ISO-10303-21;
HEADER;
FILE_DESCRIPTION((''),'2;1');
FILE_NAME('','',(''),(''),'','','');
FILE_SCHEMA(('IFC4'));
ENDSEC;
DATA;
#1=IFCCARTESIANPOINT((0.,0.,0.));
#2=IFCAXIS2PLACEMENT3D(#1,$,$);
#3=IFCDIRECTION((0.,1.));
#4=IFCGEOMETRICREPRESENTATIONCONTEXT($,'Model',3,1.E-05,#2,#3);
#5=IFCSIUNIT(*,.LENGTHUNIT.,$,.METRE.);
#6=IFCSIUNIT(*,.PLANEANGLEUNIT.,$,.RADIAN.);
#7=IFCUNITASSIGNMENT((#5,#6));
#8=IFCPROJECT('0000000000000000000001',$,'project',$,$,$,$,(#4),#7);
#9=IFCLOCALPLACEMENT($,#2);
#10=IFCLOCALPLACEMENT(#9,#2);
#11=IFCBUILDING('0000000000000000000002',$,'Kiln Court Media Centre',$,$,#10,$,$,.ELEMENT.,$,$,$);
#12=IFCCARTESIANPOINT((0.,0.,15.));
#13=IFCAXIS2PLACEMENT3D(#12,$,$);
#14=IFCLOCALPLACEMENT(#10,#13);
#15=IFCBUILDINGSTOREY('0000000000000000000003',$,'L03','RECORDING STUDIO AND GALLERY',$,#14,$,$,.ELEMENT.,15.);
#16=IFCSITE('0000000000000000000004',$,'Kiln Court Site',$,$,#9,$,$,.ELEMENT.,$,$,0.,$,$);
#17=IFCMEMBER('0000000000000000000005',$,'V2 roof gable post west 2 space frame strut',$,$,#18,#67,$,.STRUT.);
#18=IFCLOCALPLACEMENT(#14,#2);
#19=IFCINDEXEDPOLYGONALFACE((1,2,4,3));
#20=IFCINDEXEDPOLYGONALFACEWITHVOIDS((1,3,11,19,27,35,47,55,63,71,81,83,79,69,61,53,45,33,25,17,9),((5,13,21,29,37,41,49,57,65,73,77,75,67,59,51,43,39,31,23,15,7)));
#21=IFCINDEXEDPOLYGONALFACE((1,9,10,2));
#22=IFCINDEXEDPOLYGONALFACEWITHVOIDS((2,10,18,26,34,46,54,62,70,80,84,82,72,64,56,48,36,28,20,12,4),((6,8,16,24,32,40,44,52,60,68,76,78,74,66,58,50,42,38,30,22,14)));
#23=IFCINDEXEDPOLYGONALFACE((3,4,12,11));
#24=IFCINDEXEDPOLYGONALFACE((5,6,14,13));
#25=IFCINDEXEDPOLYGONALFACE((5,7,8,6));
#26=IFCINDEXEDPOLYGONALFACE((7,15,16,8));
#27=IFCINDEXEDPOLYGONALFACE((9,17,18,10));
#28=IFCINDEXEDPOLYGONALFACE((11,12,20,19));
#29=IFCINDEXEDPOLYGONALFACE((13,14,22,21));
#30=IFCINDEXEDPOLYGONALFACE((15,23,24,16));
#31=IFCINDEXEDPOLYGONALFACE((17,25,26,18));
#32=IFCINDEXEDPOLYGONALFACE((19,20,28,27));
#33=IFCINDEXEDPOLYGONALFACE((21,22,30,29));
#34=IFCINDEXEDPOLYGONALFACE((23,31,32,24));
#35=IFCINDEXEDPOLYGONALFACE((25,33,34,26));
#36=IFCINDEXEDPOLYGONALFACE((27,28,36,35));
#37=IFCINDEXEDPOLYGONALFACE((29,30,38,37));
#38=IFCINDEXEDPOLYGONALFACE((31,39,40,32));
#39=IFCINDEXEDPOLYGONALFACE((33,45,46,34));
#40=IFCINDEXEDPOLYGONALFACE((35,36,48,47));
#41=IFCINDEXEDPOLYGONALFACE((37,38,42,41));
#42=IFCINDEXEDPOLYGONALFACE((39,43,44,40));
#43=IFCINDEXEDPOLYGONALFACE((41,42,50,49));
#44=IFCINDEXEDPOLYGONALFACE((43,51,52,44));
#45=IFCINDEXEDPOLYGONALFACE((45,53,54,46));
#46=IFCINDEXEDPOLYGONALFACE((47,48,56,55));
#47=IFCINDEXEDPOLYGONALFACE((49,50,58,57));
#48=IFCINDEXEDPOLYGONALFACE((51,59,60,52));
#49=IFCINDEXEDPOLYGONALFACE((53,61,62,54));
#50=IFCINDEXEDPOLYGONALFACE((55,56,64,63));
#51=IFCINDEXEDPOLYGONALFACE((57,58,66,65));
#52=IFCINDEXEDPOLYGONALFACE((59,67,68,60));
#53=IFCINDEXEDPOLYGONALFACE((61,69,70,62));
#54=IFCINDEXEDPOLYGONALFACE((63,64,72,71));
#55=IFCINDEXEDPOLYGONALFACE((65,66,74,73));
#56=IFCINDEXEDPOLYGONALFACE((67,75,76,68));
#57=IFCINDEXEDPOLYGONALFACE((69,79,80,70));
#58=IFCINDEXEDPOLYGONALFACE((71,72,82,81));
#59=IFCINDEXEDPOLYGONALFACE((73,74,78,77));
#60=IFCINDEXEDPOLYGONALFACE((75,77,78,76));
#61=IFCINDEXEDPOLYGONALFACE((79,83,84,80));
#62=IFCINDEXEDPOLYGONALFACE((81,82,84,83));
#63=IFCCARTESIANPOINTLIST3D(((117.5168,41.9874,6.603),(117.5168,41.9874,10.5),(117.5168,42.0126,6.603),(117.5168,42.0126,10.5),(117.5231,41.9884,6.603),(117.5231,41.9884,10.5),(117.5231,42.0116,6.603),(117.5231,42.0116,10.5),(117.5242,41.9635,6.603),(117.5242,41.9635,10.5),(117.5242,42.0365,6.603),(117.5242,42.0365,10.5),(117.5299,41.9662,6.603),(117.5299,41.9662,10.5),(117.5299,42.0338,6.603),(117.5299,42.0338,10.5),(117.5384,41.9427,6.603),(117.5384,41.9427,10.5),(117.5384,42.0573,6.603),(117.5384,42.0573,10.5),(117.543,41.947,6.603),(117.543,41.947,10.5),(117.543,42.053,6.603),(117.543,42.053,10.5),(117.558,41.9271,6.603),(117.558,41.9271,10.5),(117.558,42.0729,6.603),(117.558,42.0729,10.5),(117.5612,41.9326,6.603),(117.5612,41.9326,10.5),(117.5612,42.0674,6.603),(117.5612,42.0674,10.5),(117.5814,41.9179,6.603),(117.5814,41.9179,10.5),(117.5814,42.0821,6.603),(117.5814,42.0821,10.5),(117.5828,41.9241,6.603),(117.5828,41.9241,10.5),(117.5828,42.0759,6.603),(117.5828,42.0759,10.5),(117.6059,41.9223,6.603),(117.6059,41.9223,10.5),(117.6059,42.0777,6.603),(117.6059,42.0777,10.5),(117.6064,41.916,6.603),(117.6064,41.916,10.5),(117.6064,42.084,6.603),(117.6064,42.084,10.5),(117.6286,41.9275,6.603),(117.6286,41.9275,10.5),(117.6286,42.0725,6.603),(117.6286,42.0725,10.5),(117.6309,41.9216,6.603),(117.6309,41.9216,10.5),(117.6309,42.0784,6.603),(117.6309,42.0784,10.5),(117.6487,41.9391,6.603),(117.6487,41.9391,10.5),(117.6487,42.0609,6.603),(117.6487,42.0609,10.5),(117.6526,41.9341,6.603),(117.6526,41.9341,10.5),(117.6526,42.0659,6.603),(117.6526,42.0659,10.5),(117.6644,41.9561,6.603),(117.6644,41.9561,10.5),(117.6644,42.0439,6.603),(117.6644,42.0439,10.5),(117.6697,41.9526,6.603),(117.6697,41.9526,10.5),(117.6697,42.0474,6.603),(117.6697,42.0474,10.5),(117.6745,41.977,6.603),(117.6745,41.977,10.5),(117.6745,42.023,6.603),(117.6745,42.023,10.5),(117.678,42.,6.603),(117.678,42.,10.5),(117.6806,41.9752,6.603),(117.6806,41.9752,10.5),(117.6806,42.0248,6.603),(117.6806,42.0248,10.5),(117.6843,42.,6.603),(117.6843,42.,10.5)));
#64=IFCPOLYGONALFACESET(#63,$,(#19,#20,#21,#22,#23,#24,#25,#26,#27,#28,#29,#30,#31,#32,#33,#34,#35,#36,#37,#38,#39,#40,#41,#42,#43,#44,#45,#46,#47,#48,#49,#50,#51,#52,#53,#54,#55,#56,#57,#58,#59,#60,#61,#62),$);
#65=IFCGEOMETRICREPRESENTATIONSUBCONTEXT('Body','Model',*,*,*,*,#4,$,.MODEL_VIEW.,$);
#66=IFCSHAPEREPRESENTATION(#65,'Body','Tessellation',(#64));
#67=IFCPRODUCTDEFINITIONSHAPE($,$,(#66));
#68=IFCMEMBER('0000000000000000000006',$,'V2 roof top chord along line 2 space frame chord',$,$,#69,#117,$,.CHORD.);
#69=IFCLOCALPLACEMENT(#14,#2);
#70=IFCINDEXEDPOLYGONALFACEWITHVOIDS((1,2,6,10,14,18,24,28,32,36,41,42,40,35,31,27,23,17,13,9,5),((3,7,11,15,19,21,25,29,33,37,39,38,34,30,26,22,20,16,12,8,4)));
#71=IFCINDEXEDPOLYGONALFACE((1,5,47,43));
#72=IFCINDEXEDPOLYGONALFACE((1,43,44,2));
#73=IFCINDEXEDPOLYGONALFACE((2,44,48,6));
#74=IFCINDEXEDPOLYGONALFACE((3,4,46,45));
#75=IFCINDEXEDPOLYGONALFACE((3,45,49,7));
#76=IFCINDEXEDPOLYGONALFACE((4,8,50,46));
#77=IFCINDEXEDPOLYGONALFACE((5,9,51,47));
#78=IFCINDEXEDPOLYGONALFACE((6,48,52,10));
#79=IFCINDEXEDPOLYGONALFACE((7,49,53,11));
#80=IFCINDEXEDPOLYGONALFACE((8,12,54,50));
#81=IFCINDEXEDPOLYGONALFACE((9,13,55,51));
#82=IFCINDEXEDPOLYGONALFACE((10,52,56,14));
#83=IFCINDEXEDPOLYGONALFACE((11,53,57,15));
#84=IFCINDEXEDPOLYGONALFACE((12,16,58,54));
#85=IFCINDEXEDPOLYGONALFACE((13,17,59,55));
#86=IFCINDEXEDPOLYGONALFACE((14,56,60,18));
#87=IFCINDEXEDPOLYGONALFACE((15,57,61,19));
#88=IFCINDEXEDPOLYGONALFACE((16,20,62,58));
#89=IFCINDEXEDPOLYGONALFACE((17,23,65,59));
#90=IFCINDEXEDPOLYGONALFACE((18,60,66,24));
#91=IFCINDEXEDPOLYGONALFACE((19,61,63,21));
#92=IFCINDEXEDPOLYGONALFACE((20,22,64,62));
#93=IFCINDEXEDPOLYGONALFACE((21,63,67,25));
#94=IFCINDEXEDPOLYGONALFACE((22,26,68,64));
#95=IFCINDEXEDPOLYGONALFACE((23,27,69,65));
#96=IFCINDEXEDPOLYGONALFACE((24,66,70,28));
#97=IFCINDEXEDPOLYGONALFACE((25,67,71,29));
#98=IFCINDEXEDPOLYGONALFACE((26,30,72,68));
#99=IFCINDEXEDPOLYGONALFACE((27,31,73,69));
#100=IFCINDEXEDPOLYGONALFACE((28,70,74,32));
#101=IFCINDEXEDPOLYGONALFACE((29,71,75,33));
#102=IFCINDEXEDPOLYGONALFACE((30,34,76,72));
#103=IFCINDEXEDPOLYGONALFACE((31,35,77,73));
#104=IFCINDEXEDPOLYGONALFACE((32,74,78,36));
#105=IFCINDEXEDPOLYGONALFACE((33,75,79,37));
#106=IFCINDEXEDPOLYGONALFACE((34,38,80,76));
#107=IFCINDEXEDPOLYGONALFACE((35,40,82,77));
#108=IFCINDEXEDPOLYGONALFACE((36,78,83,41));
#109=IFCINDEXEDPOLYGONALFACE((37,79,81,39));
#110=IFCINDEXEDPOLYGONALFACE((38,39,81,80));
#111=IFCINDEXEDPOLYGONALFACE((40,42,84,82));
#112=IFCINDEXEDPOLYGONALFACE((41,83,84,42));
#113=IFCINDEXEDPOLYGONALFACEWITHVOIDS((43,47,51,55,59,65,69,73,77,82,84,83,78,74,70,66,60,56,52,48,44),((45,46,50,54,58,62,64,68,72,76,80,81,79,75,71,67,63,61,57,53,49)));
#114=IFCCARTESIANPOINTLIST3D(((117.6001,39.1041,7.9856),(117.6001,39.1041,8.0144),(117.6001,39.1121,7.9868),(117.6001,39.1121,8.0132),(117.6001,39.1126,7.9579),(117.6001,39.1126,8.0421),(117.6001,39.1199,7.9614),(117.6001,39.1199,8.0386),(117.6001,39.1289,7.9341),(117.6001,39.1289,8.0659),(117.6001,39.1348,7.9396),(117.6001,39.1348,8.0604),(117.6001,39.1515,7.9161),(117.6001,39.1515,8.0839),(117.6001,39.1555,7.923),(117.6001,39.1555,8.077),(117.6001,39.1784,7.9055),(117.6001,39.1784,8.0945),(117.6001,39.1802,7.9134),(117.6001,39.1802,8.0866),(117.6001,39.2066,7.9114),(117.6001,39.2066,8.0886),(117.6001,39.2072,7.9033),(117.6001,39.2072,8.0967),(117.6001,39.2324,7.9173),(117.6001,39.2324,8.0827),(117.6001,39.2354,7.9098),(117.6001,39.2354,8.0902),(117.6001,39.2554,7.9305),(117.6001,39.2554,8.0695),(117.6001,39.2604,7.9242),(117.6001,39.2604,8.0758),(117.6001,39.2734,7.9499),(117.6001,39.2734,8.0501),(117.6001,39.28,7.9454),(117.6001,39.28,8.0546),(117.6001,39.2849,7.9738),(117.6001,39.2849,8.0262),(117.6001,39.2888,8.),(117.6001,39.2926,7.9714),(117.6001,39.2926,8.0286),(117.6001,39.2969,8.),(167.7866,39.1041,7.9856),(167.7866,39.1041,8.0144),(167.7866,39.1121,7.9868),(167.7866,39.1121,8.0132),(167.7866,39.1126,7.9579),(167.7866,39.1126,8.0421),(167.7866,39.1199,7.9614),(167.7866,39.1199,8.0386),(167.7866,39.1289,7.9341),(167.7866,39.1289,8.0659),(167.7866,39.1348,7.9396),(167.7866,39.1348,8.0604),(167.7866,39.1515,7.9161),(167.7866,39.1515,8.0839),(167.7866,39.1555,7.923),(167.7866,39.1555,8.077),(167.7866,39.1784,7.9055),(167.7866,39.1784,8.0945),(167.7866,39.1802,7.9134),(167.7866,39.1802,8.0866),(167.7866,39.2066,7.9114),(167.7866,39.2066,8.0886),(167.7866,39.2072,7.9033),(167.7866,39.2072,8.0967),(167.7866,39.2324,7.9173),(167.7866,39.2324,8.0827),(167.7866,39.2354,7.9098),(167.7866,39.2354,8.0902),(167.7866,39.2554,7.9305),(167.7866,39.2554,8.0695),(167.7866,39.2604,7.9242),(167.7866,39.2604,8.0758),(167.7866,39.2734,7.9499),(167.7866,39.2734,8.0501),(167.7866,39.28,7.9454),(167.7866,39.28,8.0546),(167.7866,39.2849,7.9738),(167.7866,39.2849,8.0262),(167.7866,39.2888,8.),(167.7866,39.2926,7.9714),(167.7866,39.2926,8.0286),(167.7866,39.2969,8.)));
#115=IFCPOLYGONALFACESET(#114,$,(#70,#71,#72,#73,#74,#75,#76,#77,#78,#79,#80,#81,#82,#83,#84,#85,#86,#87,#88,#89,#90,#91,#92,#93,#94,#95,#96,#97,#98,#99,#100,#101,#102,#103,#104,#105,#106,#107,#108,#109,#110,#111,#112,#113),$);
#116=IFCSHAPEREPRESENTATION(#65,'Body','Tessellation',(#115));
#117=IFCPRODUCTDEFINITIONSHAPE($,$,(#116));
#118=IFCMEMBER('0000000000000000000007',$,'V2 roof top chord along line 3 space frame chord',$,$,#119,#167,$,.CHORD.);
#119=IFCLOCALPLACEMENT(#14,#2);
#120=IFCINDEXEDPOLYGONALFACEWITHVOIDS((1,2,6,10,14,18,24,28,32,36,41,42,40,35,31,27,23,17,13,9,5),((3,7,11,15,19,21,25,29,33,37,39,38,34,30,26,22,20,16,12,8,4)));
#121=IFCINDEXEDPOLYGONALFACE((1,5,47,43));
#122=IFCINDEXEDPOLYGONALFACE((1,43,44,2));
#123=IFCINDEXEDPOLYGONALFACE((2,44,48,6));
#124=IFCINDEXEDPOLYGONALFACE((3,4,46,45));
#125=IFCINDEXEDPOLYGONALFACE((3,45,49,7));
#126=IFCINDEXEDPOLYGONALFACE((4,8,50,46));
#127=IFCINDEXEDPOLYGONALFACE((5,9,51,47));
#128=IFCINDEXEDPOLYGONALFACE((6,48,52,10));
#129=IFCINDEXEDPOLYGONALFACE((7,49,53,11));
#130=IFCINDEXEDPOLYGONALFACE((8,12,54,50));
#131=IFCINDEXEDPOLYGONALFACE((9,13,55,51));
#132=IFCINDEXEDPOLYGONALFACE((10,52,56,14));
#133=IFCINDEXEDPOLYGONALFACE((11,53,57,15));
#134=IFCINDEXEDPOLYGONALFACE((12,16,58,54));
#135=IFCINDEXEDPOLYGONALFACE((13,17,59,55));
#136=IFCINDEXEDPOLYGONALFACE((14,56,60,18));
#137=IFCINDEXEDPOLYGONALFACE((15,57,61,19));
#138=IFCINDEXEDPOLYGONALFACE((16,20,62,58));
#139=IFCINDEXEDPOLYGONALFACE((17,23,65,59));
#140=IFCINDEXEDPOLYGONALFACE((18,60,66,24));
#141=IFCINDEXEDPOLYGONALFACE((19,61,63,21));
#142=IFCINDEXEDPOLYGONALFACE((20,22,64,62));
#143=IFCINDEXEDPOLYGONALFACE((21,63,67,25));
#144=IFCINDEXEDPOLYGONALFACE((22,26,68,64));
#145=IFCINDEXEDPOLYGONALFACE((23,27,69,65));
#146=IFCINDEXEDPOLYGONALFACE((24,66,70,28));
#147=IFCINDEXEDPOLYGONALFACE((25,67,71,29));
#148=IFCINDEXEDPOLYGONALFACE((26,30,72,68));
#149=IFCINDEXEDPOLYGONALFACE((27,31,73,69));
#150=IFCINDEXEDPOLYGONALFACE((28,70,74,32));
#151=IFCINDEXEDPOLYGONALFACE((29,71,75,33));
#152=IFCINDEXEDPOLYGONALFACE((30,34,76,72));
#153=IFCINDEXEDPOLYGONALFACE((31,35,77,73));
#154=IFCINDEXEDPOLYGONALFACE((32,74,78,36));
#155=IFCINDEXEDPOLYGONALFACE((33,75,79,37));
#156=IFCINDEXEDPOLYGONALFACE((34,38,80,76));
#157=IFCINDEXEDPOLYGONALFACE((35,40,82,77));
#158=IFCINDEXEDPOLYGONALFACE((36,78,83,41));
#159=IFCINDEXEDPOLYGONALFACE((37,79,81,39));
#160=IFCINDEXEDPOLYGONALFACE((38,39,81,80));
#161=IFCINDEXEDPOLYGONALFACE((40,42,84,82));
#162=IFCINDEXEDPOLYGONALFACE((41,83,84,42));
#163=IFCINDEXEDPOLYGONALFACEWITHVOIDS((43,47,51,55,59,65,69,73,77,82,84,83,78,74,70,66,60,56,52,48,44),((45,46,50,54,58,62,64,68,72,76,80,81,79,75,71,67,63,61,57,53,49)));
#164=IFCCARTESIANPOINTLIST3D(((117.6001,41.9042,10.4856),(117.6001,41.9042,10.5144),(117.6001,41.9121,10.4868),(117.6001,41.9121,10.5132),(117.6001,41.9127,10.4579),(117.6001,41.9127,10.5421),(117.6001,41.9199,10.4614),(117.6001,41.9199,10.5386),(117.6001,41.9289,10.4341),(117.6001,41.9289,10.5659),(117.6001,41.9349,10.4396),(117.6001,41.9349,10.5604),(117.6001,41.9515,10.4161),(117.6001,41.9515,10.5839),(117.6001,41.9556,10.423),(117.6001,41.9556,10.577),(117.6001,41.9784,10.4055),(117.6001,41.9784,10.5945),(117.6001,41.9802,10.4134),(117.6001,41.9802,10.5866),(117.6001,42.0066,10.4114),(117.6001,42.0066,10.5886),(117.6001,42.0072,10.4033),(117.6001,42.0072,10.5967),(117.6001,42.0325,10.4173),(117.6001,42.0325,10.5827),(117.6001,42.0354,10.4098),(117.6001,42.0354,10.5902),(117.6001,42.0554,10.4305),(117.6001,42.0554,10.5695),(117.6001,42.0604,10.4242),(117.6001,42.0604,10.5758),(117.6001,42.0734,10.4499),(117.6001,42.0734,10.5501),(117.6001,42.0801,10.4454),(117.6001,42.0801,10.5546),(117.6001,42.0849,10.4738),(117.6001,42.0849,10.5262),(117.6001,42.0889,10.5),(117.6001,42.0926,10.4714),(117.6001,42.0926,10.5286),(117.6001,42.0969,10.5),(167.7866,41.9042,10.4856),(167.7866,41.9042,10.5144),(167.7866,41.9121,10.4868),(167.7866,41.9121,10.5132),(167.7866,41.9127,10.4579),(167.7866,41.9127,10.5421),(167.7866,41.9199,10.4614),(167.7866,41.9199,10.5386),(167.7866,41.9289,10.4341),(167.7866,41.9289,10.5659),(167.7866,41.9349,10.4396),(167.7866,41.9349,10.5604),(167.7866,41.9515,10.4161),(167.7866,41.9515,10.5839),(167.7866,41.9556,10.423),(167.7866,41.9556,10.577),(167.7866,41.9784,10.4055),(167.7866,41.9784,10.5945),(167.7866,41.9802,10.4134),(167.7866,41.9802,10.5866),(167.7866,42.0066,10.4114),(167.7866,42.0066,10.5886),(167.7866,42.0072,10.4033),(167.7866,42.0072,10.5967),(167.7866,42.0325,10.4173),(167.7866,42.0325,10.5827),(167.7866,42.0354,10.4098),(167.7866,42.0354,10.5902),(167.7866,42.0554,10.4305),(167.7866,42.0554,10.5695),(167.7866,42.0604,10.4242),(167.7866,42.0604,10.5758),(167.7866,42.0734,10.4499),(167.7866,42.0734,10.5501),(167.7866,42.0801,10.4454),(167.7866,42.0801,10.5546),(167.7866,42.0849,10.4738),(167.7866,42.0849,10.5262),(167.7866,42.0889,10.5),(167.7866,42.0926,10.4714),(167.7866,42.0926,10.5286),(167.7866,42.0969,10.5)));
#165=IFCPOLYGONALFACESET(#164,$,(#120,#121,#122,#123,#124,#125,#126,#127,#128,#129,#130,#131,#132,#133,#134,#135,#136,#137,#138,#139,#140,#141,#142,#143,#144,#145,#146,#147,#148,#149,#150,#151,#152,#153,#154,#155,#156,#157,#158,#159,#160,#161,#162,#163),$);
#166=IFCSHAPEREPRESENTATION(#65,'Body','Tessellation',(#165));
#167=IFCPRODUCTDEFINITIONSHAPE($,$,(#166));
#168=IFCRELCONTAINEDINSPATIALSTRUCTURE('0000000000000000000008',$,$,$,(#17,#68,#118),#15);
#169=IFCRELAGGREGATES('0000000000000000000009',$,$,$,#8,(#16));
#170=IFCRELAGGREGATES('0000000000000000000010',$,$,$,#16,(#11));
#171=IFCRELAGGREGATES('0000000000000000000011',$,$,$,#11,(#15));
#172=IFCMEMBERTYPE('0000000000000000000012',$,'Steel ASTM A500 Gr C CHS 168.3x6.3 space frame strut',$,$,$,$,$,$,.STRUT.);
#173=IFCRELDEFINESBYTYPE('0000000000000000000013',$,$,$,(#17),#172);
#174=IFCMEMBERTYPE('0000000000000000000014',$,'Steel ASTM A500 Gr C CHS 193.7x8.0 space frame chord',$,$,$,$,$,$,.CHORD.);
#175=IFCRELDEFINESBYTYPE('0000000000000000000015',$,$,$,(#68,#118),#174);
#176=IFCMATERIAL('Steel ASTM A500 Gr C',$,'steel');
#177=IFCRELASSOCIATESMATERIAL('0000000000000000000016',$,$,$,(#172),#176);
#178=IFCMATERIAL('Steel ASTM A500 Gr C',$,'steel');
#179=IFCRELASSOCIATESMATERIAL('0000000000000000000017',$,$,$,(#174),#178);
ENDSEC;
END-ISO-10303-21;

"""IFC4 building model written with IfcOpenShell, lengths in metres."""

from ifc_helpers import new_model, si_unit, direction, frame, origin, origin_2d, place, context, subcontext, project, spatial, hollow_circle, extrude, material, material_profile, profile_set, type_object, element, save


model = new_model("IFC4")

# Units and contexts
model_context = context("Model", 3, precision=1e-05, world=origin(), true_north=direction((0.0, 1.0)))
body_context = subcontext(model_context, "Body", "Model", "MODEL_VIEW")
ifc_project = project(units=[si_unit("LENGTHUNIT", "METRE"), si_unit("PLANEANGLEUNIT", "RADIAN")], contexts=[model_context])

# Site, building, storey
site_placement = place(None, origin())
site = spatial("IfcSite", under=ifc_project, at=site_placement, Name="Kiln Court Site", CompositionType="ELEMENT", RefElevation=0.0)
building_placement = place(site_placement, origin())
building = spatial("IfcBuilding", under=site, at=building_placement, Name="Kiln Court Media Centre", CompositionType="ELEMENT")
storey_placement = place(building_placement, frame((0.0, 0.0, 15.0)))
storey = spatial("IfcBuildingStorey", under=building, at=storey_placement, Name="L03", Description="RECORDING STUDIO AND GALLERY", CompositionType="ELEMENT", Elevation=15.0)

# Members
ifc_material_1 = material(Name="Steel ASTM A500 Gr C", Category="steel")
ifc_material_profile_1 = material_profile(ifc_material_1, hollow_circle(Radius=0.0842, WallThickness=0.0063, at=origin_2d()), Name="CHS 168.3x6.3")
ifc_profile_set_1 = profile_set([ifc_material_profile_1], Name="Steel ASTM A500 Gr C")
member_type_1 = type_object("IfcMemberType", Name="Steel ASTM A500 Gr C CHS 168.3x6.3 space frame strut", PredefinedType="STRUT", material=ifc_profile_set_1)
member_1_placement = place(storey_placement, frame((117.6001, 42.0, 6.603), z_axis=(0.0, 0.0, 1.0), x_axis=(1.0, 0.0, 0.0)))
element("IfcMember", 1, at=member_1_placement, inside=storey, type_object=member_type_1, Name="V2 roof gable post west 2 space frame strut", PredefinedType="STRUT", context=body_context, shape_type="SweptSolid", body=[
    extrude(hollow_circle(Radius=0.0842, WallThickness=0.0063, at=origin_2d()), origin(), (0.0, 0.0, 1.0), 3.897),
])
ifc_material_2 = material(Name="Steel ASTM A500 Gr C", Category="steel")
ifc_material_profile_2 = material_profile(ifc_material_2, hollow_circle(Radius=0.0969, WallThickness=0.0081, at=origin_2d()), Name="CHS 193.7x8.0")
ifc_profile_set_2 = profile_set([ifc_material_profile_2], Name="Steel ASTM A500 Gr C")
member_type_2 = type_object("IfcMemberType", Name="Steel ASTM A500 Gr C CHS 193.7x8.0 space frame chord", PredefinedType="CHORD", material=ifc_profile_set_2)
for number, where, z_axis, x_axis, name in (
    (2, (117.6001, 39.2, 8.0), (1.0, 0.0, 0.0), (0.0, 1.0, 0.0), "V2 roof top chord along line 2 space frame chord"),
    (3, (117.6001, 42.0, 10.5), (1.0, 0.0, 0.0), (0.0, 1.0, 0.0), "V2 roof top chord along line 3 space frame chord"),
):
    element("IfcMember", number, at=place(storey_placement, frame(where, z_axis=z_axis, x_axis=x_axis)), inside=storey, type_object=member_type_2, Name=name, PredefinedType="CHORD", context=body_context, shape_type="SweptSolid", body=[
        extrude(hollow_circle(Radius=0.0969, WallThickness=0.0081, at=origin_2d()), origin(), (0.0, 0.0, 1.0), 50.1865),
    ])

save(model, "model.ifc")
